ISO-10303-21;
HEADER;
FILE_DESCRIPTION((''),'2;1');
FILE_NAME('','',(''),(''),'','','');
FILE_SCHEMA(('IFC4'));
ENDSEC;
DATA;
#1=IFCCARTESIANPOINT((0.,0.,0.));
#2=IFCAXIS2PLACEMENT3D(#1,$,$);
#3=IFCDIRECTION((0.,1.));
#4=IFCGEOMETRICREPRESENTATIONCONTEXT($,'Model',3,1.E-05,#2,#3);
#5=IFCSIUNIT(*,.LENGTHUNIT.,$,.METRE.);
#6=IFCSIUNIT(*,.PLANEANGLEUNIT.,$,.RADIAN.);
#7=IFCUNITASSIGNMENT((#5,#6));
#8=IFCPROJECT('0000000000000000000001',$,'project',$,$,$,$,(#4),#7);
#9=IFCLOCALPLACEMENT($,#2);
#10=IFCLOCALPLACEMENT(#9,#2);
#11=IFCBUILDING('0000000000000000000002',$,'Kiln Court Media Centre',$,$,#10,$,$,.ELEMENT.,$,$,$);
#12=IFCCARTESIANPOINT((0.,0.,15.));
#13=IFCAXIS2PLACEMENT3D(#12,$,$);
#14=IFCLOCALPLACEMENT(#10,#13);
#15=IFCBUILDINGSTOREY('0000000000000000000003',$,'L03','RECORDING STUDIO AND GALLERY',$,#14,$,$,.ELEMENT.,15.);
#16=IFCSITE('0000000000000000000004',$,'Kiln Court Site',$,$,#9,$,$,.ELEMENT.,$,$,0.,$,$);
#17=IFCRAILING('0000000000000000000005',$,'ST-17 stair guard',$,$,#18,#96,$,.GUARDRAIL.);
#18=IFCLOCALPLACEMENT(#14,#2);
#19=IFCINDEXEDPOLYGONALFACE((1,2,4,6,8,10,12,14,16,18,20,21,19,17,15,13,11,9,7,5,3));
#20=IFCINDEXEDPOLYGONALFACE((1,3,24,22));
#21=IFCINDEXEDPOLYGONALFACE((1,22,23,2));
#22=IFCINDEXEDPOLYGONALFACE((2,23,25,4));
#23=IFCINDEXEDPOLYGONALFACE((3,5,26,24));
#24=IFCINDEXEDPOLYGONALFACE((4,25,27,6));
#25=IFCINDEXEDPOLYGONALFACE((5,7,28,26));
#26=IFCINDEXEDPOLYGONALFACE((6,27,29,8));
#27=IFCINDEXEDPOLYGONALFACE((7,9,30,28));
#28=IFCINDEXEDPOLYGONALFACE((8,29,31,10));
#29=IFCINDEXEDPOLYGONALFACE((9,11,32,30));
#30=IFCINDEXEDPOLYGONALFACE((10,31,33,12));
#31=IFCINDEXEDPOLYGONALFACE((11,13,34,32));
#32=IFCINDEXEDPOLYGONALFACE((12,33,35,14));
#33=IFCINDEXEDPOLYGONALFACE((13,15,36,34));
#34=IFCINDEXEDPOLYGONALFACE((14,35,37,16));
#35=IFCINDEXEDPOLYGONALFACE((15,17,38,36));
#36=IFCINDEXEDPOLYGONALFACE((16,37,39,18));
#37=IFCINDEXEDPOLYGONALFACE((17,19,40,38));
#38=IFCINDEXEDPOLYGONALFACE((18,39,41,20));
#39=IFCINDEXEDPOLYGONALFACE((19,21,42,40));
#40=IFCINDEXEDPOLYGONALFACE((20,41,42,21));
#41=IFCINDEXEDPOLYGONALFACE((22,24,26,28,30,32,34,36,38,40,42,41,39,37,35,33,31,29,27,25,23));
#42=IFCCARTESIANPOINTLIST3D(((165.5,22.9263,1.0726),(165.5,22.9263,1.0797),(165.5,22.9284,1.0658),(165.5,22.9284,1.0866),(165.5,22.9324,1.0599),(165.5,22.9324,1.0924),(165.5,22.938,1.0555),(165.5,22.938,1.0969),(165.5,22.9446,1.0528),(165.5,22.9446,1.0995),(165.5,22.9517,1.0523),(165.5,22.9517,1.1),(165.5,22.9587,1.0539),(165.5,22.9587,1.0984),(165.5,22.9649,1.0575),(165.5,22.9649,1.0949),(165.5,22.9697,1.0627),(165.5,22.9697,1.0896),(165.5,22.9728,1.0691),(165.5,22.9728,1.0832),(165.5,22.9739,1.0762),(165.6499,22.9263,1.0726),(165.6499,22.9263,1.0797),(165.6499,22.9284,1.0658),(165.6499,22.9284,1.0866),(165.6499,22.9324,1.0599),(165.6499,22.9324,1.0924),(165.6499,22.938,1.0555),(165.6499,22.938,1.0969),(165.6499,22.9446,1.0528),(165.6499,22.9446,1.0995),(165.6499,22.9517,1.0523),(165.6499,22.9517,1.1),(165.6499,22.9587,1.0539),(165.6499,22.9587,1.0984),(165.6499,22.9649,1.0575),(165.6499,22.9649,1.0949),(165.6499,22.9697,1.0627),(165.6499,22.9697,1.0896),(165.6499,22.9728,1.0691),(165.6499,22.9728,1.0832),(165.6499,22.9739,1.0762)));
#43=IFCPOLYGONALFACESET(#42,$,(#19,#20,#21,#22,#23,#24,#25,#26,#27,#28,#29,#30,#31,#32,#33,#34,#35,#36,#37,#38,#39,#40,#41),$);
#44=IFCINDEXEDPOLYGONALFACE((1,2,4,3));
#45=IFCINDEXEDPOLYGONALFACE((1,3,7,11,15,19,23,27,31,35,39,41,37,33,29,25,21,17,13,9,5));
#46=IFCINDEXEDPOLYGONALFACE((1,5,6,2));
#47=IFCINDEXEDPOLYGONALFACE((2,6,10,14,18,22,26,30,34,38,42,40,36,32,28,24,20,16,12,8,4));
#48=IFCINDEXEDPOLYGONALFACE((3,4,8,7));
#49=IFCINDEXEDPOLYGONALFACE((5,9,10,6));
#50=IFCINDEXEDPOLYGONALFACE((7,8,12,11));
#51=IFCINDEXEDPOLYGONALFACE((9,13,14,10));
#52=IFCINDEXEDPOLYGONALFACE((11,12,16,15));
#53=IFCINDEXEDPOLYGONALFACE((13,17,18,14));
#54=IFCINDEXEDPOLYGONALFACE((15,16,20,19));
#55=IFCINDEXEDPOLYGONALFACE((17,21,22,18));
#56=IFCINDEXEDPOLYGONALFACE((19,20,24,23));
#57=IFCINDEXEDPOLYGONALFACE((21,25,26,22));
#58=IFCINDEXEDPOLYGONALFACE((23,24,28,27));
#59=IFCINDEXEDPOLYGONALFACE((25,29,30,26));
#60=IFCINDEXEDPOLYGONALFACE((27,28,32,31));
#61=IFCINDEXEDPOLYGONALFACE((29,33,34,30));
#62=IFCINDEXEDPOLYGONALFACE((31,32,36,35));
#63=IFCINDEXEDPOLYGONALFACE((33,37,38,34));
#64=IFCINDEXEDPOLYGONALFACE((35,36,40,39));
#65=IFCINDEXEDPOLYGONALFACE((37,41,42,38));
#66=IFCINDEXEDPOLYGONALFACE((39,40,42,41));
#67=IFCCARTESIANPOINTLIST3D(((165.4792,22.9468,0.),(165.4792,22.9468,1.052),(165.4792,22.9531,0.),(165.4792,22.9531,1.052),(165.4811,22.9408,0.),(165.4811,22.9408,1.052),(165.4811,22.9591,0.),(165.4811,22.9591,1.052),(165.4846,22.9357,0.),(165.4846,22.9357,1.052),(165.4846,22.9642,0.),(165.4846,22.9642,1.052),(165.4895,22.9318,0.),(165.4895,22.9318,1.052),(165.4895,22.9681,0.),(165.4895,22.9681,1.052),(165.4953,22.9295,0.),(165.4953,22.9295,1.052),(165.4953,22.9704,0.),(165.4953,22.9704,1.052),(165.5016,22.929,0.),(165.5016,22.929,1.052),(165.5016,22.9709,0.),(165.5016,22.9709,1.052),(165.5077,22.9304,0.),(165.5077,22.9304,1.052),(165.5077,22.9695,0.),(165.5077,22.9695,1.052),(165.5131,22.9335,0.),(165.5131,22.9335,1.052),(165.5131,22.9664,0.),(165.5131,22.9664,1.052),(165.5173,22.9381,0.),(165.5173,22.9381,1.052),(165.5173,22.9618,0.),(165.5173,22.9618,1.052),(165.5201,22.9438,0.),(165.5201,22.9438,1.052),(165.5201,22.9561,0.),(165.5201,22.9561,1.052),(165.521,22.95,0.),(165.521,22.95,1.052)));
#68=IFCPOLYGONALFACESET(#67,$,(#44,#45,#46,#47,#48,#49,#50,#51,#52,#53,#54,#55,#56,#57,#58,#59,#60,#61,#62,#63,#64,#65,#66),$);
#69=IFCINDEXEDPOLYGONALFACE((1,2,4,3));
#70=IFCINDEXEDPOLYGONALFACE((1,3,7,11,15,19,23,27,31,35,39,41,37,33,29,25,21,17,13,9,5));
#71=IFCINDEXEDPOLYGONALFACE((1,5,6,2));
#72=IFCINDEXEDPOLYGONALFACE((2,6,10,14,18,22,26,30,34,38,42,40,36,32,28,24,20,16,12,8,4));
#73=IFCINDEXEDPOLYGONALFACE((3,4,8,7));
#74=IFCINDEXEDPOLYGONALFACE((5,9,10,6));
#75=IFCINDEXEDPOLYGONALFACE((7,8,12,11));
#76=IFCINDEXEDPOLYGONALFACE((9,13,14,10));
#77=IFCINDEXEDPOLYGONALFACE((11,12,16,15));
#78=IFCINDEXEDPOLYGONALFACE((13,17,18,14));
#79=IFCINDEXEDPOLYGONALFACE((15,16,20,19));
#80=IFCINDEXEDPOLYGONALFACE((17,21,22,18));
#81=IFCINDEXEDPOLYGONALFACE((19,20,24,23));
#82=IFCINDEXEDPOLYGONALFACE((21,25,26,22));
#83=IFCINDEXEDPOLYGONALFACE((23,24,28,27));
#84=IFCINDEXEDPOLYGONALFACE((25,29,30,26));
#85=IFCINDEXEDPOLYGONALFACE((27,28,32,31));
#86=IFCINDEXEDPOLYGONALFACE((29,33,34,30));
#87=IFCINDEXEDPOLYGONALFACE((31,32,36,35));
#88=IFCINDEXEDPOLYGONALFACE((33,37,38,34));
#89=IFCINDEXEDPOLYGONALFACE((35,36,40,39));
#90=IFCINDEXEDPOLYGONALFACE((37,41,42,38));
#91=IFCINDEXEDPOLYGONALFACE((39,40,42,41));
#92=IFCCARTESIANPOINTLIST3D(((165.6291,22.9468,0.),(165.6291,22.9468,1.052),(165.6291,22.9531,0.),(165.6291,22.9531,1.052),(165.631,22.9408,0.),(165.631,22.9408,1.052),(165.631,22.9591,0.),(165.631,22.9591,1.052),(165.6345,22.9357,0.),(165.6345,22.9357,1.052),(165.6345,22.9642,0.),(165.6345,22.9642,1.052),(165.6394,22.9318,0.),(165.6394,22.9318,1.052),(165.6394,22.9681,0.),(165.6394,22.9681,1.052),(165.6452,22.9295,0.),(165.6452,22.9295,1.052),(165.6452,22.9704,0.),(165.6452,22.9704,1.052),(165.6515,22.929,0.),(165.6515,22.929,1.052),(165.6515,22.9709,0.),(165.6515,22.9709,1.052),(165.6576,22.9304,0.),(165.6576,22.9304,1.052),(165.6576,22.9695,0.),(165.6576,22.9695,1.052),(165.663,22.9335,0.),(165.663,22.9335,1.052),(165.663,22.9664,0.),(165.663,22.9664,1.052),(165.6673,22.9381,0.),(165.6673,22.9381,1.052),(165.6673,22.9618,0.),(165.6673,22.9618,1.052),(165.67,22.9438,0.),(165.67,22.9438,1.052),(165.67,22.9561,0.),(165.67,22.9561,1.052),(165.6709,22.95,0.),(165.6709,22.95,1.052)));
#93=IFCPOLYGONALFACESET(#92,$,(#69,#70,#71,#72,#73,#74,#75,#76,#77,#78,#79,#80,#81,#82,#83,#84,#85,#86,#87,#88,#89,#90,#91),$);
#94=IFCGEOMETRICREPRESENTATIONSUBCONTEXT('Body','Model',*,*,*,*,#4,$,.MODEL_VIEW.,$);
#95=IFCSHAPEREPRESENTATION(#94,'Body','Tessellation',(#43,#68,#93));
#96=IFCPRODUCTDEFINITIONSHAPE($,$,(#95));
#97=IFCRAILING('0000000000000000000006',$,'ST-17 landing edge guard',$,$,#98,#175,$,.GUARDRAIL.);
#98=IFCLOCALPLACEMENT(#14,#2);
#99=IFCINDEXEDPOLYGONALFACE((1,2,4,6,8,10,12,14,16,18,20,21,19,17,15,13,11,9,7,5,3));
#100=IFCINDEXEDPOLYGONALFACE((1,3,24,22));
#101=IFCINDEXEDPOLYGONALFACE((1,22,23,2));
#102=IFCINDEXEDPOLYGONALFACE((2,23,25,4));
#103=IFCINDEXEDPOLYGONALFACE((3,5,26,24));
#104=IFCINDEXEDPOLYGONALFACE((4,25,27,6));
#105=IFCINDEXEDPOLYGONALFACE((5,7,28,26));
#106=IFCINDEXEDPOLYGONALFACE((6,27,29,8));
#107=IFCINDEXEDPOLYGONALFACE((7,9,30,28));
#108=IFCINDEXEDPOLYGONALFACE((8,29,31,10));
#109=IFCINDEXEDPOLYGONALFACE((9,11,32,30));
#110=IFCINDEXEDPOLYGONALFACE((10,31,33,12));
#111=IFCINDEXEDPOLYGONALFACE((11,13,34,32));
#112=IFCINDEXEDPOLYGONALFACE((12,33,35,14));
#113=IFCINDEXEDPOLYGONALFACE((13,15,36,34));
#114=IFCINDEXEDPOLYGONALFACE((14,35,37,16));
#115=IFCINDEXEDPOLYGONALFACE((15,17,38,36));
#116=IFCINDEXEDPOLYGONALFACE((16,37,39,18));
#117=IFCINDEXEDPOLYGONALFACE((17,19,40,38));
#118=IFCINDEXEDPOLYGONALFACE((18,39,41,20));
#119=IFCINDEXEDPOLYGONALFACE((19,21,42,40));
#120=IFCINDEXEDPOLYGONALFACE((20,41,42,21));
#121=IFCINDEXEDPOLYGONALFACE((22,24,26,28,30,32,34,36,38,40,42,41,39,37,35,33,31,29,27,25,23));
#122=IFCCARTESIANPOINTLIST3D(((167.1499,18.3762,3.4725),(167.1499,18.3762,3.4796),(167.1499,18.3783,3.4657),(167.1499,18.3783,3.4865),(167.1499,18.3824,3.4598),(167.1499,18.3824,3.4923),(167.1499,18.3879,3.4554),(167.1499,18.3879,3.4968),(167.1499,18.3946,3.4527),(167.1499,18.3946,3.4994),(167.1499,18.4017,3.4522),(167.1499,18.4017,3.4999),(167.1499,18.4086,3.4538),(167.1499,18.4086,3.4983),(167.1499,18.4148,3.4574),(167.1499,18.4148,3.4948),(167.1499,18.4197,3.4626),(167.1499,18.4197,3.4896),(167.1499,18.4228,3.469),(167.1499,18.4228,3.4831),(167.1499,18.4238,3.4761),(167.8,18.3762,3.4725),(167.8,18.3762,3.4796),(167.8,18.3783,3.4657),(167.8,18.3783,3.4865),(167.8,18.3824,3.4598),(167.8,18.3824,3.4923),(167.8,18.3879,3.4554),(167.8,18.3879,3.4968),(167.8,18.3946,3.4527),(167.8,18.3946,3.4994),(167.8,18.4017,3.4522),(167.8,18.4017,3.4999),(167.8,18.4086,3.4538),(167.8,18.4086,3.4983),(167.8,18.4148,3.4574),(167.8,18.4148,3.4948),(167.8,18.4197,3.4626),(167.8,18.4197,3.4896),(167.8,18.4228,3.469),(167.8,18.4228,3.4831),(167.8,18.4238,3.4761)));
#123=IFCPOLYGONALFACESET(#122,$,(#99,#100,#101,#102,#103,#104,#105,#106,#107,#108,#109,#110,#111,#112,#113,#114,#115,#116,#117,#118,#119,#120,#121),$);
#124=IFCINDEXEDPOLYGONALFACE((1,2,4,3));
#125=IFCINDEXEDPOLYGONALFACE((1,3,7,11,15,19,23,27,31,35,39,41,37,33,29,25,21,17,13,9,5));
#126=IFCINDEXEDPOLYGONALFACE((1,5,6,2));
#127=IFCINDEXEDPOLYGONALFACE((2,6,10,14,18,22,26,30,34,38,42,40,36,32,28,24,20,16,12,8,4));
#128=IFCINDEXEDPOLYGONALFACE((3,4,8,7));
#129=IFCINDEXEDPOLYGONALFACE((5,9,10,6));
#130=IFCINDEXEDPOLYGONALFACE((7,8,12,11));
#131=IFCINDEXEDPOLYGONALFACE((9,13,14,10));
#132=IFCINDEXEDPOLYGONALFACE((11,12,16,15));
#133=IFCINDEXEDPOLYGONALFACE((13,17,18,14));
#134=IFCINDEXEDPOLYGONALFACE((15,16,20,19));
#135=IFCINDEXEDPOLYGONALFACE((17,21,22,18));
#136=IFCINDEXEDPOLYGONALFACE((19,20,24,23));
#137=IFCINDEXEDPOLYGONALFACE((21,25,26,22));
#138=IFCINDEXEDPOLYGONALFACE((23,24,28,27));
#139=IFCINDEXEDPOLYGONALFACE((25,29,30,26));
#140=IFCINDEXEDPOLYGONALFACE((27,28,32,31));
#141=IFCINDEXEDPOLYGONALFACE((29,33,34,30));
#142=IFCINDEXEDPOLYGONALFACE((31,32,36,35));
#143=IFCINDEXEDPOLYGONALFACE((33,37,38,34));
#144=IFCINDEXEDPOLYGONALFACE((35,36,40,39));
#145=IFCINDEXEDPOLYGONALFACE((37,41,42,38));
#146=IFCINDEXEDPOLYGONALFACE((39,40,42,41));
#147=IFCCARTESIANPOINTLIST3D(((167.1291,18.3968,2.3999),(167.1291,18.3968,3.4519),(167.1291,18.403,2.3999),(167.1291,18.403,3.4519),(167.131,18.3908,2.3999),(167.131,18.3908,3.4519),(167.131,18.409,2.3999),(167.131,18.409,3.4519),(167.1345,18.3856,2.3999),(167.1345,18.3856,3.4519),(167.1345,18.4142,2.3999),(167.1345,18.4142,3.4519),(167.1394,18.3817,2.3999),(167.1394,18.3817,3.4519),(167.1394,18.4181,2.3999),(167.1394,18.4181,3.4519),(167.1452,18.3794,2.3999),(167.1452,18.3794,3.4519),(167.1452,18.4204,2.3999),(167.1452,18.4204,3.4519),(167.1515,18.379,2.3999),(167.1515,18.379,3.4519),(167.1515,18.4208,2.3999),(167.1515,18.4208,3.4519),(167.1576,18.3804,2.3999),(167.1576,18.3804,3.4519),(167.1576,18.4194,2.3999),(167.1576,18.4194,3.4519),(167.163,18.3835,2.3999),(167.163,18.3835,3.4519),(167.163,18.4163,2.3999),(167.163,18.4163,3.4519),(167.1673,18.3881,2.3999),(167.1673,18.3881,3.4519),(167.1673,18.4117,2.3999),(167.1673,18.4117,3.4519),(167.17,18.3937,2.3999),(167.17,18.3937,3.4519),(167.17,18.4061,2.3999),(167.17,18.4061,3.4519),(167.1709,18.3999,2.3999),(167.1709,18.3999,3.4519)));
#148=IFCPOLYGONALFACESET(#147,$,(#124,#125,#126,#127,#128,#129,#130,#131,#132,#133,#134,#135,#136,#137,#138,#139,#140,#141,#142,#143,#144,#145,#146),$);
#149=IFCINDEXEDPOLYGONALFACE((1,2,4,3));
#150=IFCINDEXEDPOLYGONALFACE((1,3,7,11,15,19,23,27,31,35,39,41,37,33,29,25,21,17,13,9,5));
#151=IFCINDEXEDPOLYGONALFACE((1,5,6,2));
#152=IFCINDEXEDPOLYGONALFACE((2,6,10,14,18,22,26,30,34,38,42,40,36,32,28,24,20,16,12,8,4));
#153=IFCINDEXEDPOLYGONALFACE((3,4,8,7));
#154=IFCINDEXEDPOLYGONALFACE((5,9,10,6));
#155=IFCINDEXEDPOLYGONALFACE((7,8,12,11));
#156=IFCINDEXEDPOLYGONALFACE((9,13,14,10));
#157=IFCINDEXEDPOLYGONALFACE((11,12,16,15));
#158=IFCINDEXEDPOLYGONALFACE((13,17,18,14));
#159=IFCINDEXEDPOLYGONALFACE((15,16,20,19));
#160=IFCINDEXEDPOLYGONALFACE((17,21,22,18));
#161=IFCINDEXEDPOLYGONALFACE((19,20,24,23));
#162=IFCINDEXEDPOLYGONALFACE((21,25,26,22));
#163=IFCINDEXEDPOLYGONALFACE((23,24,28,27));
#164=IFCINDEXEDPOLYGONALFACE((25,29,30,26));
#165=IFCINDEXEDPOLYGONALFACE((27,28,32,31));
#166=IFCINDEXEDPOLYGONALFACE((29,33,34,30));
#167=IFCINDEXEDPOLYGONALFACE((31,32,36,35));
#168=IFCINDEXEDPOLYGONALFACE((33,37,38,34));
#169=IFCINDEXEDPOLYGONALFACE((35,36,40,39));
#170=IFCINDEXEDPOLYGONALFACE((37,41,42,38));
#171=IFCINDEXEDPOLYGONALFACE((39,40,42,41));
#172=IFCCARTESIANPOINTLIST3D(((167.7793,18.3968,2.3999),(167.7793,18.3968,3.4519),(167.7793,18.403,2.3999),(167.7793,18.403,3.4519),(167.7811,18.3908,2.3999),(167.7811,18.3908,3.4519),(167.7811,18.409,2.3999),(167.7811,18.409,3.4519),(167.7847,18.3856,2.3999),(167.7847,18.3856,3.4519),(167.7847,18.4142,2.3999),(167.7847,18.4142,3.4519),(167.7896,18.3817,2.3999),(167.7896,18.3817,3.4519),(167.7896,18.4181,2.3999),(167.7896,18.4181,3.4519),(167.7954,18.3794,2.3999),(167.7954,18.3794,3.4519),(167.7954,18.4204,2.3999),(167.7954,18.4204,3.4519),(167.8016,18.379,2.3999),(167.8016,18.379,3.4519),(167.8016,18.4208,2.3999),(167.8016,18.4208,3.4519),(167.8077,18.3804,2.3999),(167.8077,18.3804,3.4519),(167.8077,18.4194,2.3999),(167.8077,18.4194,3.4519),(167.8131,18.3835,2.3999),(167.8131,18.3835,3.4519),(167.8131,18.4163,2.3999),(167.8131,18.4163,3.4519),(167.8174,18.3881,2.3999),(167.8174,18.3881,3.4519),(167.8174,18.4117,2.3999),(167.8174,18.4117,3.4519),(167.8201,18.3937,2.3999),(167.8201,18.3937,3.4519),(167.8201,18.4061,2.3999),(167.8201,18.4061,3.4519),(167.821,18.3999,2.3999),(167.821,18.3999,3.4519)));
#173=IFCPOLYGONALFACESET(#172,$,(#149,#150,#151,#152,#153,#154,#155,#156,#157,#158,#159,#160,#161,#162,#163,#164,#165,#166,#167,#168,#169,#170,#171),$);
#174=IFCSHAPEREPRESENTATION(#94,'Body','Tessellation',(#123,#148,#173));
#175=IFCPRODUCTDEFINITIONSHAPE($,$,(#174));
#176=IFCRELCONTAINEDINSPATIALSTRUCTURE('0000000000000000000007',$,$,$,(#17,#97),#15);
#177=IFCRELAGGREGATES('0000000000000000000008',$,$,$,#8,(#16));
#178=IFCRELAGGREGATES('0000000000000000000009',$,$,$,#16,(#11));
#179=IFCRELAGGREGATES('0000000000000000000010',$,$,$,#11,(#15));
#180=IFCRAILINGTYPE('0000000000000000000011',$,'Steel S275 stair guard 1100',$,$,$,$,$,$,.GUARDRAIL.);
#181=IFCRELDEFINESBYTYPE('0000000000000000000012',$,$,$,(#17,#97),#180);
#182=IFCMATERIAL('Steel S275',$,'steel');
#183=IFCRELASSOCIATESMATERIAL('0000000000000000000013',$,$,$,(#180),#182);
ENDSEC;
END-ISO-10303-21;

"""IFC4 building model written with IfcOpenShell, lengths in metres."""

from ifc_helpers import new_model, si_unit, direction, frame, origin, origin_2d, place, context, subcontext, project, spatial, circle, extrude, material, type_object, element, save


model = new_model("IFC4")

# Units and contexts
model_context = context("Model", 3, precision=1e-05, world=origin(), true_north=direction((0.0, 1.0)))
body_context = subcontext(model_context, "Body", "Model", "MODEL_VIEW")
ifc_project = project(units=[si_unit("LENGTHUNIT", "METRE"), si_unit("PLANEANGLEUNIT", "RADIAN")], contexts=[model_context])

# Site, building, storey
site_placement = place(None, origin())
site = spatial("IfcSite", under=ifc_project, at=site_placement, Name="Kiln Court Site", CompositionType="ELEMENT", RefElevation=0.0)
building_placement = place(site_placement, origin())
building = spatial("IfcBuilding", under=site, at=building_placement, Name="Kiln Court Media Centre", CompositionType="ELEMENT")
storey_placement = place(building_placement, frame((0.0, 0.0, 15.0)))
storey = spatial("IfcBuildingStorey", under=building, at=storey_placement, Name="L03", Description="RECORDING STUDIO AND GALLERY", CompositionType="ELEMENT", Elevation=15.0)

# Railings
ifc_material_1 = material(Name="Steel S275", Category="steel")
railing_type_1 = type_object("IfcRailingType", Name="Steel S275 stair guard 1100", PredefinedType="GUARDRAIL", material=ifc_material_1)
railing_1_placement = place(storey_placement, frame((165.5, 22.95, 0.0)))
element("IfcRailing", 1, at=railing_1_placement, inside=storey, type_object=railing_type_1, Name="ST-17 stair guard", PredefinedType="GUARDRAIL", context=body_context, shape_type="SweptSolid", body=[
    extrude(circle(Radius=0.0239, at=origin_2d()), frame((0.0, 0.0, 1.0762), z_axis=(1.0, 0.0, 0.0), x_axis=(0.0, 1.0, 0.0)), (0.0, 0.0, 1.0), 0.1499),
    extrude(circle(Radius=0.021, at=origin_2d()), origin(), (0.0, 0.0, 1.0), 1.052),
    extrude(circle(Radius=0.021, at=origin_2d()), frame((0.1499, 0.0, 0.0)), (0.0, 0.0, 1.0), 1.052),
])
for number, where, name in (
    (2, (167.1499, 18.3999, 2.3999), "ST-17 landing edge guard"),
):
    element("IfcRailing", number, at=place(storey_placement, frame(where)), inside=storey, type_object=railing_type_1, Name=name, PredefinedType="GUARDRAIL", context=body_context, shape_type="SweptSolid", body=[
        extrude(circle(Radius=0.0239, at=origin_2d()), frame((0.0, 0.0, 1.0762), z_axis=(1.0, 0.0, 0.0), x_axis=(0.0, 1.0, 0.0)), (0.0, 0.0, 1.0), 0.6501),
        extrude(circle(Radius=0.021, at=origin_2d()), origin(), (0.0, 0.0, 1.0), 1.052),
        extrude(circle(Radius=0.021, at=origin_2d()), frame((0.6501, 0.0, 0.0)), (0.0, 0.0, 1.0), 1.052),
    ])

save(model, "model.ifc")
